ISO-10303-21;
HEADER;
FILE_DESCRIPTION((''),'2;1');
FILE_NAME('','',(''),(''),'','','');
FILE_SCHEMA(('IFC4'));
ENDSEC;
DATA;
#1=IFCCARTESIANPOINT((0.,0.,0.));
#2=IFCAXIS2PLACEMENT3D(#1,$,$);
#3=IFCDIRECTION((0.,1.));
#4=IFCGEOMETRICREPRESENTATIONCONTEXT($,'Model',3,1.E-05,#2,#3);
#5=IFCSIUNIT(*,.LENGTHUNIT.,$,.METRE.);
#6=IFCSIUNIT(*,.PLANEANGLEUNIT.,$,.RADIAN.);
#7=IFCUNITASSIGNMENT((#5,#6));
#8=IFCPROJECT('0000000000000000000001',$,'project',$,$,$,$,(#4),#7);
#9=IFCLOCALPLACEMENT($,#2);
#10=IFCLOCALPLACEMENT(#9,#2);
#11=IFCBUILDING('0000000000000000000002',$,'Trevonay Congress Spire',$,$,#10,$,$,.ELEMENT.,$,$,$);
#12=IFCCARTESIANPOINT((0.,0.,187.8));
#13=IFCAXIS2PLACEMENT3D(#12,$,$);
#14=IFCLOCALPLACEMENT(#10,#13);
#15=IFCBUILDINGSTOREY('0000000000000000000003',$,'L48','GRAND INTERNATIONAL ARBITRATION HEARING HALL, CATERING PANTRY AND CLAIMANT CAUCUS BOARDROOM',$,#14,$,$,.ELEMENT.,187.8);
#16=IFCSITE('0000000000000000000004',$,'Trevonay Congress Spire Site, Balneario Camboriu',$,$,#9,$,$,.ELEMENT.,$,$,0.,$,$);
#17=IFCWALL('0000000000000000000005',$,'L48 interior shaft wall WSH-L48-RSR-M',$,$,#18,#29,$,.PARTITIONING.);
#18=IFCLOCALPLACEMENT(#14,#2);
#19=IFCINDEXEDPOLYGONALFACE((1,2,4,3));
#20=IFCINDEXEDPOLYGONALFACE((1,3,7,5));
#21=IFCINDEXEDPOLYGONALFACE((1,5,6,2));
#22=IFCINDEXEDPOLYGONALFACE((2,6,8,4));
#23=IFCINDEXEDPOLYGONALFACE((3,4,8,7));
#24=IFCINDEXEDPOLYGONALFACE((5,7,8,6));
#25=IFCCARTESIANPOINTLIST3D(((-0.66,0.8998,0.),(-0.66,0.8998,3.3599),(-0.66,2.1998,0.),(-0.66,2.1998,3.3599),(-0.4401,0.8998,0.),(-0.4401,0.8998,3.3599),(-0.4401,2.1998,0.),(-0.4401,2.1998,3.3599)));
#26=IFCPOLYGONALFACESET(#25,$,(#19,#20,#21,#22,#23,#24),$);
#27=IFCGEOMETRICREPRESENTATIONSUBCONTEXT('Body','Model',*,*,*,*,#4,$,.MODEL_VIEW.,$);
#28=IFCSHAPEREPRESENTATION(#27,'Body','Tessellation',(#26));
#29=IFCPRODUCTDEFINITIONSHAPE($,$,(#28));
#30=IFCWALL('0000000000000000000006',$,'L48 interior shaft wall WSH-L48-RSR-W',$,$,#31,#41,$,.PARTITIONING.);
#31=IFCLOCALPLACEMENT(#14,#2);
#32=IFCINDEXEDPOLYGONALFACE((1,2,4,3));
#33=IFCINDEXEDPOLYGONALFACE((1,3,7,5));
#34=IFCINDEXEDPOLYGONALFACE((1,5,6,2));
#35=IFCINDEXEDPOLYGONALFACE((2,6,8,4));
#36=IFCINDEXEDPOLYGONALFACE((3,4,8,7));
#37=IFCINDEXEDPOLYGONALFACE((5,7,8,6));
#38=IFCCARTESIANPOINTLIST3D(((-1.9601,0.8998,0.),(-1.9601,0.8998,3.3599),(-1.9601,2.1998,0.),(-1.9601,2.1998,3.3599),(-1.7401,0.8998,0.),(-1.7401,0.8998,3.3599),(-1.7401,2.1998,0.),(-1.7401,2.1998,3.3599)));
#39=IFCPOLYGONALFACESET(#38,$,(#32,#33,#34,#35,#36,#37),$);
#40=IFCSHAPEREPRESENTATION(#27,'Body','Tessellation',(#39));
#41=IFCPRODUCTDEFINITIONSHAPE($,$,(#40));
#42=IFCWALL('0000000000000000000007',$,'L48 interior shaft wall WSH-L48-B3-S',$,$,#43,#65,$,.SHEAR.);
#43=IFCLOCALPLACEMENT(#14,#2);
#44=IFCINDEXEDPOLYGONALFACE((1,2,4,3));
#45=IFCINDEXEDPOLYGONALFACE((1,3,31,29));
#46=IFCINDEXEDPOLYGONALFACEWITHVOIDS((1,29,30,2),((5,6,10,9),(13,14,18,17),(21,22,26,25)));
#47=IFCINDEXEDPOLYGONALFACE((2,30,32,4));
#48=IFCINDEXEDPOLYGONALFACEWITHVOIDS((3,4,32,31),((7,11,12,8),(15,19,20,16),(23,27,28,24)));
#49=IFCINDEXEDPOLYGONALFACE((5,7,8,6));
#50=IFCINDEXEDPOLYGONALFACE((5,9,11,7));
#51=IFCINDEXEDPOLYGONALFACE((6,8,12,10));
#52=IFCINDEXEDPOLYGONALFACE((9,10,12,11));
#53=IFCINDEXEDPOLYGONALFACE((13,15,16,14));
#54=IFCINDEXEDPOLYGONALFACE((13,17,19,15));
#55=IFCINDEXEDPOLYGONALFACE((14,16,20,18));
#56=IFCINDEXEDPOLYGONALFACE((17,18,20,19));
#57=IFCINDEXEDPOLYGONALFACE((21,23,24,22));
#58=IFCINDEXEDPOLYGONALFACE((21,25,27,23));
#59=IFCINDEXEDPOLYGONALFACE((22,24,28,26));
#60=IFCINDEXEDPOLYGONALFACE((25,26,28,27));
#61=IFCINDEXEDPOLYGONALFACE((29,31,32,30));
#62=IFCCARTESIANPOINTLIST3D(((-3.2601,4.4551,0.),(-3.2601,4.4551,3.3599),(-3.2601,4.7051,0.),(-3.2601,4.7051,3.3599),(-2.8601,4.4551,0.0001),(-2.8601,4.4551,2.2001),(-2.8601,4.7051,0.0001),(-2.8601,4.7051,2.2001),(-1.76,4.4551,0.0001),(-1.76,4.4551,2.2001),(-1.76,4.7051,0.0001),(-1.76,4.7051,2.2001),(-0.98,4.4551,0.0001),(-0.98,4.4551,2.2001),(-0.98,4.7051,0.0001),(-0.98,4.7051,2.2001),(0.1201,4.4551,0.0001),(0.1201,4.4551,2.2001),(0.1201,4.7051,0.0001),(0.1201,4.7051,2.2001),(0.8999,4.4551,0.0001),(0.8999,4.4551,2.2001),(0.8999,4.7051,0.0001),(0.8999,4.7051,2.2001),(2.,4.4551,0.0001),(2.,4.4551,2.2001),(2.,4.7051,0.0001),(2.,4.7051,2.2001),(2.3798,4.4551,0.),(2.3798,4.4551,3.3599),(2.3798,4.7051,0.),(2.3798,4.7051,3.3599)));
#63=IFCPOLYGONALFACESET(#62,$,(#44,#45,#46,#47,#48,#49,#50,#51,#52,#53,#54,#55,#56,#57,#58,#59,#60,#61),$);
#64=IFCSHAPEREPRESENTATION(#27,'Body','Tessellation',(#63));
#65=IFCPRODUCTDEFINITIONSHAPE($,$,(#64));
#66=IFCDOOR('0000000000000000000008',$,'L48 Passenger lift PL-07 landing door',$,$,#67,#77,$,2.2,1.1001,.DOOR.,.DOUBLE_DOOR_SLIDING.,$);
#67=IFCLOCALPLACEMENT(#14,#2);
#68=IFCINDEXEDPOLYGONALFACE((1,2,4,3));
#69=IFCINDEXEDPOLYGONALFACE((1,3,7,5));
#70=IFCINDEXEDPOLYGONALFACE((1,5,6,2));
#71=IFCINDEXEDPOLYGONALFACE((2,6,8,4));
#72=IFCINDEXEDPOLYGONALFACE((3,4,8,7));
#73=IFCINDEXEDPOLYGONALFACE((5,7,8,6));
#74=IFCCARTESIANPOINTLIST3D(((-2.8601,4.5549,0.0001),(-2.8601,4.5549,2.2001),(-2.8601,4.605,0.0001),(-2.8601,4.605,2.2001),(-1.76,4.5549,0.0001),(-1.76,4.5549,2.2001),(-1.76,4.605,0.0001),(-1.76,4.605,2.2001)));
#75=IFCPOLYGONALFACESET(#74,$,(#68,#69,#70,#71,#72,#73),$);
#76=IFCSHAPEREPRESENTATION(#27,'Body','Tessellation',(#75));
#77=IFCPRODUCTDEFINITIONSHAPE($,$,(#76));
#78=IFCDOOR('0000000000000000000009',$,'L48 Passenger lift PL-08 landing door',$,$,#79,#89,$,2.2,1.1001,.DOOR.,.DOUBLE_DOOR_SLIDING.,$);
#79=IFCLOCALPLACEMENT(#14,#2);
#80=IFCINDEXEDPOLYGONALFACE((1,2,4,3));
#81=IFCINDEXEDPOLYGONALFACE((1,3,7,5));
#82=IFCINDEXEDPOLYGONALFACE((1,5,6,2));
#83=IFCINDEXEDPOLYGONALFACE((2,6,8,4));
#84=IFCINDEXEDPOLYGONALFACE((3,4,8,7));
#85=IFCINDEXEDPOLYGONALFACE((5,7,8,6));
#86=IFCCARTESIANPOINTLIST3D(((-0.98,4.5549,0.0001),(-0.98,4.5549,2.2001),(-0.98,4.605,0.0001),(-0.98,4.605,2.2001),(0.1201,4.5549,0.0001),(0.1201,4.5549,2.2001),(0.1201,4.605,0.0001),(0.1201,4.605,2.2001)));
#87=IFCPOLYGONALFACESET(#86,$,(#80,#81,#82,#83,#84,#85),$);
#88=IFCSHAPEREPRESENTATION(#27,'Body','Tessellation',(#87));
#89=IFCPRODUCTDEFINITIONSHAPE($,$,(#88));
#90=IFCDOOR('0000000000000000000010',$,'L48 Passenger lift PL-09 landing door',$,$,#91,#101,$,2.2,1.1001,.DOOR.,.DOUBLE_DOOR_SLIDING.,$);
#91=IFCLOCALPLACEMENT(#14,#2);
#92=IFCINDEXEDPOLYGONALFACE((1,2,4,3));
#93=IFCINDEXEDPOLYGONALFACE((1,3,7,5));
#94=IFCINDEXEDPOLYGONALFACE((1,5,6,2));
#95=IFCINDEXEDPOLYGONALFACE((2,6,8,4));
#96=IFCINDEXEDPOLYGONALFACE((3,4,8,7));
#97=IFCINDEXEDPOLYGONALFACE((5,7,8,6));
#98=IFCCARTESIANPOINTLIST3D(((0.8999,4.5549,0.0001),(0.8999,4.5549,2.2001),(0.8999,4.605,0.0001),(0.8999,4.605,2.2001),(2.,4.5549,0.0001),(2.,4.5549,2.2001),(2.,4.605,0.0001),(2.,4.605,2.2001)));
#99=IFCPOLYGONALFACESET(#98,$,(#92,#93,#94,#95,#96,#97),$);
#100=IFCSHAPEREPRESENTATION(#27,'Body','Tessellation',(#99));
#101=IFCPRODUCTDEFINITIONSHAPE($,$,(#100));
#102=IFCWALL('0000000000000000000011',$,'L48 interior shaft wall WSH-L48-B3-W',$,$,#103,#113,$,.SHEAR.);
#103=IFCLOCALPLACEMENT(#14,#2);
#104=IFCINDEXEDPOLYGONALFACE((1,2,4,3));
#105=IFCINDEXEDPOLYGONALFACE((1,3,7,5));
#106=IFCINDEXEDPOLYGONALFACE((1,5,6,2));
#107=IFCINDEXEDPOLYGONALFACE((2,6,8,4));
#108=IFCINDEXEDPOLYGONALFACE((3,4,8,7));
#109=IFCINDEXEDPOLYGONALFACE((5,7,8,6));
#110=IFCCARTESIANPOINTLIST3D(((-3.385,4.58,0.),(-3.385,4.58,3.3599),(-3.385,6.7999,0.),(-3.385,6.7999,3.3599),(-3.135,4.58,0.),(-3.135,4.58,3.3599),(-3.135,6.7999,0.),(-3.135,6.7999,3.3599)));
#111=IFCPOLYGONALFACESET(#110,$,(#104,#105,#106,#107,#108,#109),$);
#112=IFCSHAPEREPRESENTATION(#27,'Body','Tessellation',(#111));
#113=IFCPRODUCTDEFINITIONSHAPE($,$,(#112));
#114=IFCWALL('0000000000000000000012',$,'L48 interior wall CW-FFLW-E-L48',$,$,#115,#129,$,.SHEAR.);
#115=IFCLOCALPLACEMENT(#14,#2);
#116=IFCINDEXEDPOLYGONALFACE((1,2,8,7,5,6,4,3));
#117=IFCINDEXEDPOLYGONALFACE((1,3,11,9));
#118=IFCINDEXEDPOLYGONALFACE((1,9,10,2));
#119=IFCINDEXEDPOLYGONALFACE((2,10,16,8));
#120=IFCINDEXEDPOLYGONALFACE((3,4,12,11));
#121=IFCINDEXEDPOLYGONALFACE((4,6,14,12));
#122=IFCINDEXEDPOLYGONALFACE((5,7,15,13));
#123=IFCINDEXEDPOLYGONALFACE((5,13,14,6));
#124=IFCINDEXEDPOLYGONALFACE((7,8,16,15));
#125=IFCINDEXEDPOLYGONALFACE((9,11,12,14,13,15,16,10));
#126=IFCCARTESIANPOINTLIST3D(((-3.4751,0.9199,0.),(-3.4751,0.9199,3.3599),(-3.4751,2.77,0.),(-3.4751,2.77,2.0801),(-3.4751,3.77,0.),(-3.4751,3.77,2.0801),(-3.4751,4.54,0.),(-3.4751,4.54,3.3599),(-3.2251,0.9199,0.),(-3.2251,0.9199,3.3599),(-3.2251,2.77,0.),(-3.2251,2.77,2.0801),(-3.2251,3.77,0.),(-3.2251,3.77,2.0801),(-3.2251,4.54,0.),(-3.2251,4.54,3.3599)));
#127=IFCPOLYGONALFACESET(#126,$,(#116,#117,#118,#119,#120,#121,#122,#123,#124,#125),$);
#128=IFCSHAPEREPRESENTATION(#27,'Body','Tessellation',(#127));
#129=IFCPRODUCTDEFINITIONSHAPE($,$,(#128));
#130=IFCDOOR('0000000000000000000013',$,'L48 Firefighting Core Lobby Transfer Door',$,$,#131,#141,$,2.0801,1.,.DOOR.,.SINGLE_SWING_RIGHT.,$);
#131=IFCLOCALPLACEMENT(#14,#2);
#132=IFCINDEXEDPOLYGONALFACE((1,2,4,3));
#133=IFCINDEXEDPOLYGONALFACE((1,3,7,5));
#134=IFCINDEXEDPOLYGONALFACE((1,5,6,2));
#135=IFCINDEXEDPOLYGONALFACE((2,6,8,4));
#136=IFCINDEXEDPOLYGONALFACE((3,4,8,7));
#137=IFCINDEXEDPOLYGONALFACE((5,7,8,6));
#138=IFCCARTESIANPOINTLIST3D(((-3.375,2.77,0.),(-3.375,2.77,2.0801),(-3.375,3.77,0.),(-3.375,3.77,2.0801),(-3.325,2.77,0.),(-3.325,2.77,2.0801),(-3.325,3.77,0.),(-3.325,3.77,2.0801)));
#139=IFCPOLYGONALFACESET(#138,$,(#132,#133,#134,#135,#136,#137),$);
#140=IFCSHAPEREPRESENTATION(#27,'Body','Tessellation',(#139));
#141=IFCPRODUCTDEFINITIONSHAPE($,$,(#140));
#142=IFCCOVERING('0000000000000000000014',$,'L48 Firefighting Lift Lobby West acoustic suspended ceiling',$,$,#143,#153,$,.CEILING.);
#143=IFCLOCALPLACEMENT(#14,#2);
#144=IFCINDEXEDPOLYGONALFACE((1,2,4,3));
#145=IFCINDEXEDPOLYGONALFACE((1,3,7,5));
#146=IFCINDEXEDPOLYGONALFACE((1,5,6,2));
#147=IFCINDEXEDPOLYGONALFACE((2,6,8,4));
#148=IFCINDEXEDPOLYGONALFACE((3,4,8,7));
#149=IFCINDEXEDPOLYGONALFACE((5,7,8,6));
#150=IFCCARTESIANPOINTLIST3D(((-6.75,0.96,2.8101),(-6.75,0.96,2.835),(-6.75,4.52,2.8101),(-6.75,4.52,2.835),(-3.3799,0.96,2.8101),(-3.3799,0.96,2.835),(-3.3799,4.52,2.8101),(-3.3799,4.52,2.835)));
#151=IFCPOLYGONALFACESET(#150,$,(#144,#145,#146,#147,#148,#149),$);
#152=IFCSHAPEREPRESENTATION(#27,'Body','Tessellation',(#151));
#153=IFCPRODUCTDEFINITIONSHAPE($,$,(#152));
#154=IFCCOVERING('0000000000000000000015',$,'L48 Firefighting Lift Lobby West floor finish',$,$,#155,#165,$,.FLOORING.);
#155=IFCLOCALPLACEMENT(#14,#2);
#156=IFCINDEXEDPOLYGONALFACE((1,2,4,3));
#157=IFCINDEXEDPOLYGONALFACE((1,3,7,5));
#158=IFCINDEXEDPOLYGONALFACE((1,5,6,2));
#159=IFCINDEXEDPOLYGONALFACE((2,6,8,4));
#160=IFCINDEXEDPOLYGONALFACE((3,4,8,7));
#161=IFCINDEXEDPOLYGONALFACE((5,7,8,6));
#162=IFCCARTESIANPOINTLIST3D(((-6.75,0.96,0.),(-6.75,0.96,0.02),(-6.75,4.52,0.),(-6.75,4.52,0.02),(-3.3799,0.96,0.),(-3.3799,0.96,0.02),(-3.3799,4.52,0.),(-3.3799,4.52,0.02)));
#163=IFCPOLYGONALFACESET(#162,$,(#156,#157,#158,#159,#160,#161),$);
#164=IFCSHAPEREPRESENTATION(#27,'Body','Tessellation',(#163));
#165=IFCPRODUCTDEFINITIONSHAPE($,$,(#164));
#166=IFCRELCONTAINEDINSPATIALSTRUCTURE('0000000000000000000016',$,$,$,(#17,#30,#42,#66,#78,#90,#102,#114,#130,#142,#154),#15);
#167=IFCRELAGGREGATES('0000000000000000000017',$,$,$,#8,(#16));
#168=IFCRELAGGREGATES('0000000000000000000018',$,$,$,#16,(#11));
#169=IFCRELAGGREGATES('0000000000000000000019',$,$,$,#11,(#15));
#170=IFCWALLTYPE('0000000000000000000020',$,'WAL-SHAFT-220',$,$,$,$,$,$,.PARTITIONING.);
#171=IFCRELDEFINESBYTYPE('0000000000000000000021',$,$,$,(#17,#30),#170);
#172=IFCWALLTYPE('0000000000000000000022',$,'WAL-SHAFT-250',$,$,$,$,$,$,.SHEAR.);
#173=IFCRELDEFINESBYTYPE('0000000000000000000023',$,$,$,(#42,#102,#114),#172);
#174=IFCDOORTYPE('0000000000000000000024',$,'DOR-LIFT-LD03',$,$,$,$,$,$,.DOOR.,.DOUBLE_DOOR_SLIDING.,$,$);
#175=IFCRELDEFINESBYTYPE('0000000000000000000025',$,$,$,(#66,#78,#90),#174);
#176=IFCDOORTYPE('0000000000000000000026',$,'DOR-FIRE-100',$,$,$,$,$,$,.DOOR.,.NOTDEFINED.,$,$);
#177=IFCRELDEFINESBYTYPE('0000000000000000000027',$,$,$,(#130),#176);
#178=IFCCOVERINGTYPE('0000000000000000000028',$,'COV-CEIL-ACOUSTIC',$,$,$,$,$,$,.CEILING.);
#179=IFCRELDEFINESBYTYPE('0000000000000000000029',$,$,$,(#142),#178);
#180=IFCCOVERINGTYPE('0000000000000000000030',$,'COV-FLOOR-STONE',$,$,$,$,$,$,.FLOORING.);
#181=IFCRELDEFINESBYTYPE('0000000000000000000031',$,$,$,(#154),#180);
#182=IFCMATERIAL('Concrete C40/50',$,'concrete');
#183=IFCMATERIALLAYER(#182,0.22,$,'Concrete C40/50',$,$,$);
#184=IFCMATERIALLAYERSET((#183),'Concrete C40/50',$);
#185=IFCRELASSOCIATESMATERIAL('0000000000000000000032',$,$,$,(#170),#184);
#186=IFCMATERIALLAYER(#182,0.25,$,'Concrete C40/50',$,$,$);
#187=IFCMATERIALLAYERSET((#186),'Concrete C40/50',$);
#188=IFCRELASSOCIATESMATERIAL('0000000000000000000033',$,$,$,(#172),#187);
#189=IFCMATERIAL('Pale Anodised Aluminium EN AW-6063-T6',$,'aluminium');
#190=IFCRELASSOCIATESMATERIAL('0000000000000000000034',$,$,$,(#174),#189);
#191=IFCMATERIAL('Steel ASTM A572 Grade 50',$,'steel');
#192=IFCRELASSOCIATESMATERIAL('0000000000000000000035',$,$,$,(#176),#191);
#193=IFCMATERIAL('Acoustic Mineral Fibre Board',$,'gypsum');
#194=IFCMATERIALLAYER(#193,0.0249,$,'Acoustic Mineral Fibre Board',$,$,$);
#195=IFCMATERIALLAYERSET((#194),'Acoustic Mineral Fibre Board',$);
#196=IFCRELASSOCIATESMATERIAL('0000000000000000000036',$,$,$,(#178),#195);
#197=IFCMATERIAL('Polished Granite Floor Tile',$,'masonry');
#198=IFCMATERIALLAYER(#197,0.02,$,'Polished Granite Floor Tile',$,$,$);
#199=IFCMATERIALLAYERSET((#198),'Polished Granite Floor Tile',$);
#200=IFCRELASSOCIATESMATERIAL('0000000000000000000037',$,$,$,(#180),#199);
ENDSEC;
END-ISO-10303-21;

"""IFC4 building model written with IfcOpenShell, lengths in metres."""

from ifc_helpers import new_model, si_unit, direction, frame, frame_2d, origin, place, context, subcontext, project, spatial, polyline, rectangle, outline, extrude, material, layer, layer_set, type_object, element, fill, save


model = new_model("IFC4")

# Units and contexts
model_context = context("Model", 3, precision=1e-05, world=origin(), true_north=direction((0.0, 1.0)))
body_context = subcontext(model_context, "Body", "Model", "MODEL_VIEW")
ifc_project = project(units=[si_unit("LENGTHUNIT", "METRE"), si_unit("PLANEANGLEUNIT", "RADIAN")], contexts=[model_context])

# Site, building, storey
site_placement = place(None, origin())
site = spatial("IfcSite", under=ifc_project, at=site_placement, Name="Trevonay Congress Spire Site, Balneario Camboriu", CompositionType="ELEMENT", RefElevation=0.0)
building_placement = place(site_placement, origin())
building = spatial("IfcBuilding", under=site, at=building_placement, Name="Trevonay Congress Spire", CompositionType="ELEMENT")
storey_placement = place(building_placement, frame((0.0, 0.0, 187.8)))
storey = spatial("IfcBuildingStorey", under=building, at=storey_placement, Name="L48", Description="GRAND INTERNATIONAL ARBITRATION HEARING HALL, CATERING PANTRY AND CLAIMANT CAUCUS BOARDROOM", CompositionType="ELEMENT", Elevation=187.8)

# Shared definitions
ifc_material_1 = material(Name="Steel ASTM A572 Grade 50", Category="steel")

# Shared definitions
ifc_material_2 = material(Name="Concrete C40/50", Category="concrete")

# Walls
ifc_layer_1 = layer(ifc_material_2, 0.22, Name="Concrete C40/50")
ifc_layer_set_1 = layer_set([ifc_layer_1], Name="Concrete C40/50")
wall_type_1 = type_object("IfcWallType", Name="WAL-SHAFT-220", PredefinedType="PARTITIONING", material=ifc_layer_set_1)
for number, where, z_axis, x_axis, name in (
    (1, (-0.55, 0.8999, 0.0), (0.0, 0.0, 1.0), (0.0, 1.0, 0.0), "L48 interior shaft wall WSH-L48-RSR-M"),
    (2, (-1.8501, 0.8999, 0.0), (0.0, 0.0, 1.0), (0.0, 1.0, 0.0), "L48 interior shaft wall WSH-L48-RSR-W"),
):
    element("IfcWall", number, at=place(storey_placement, frame(where, z_axis=z_axis, x_axis=x_axis)), inside=storey, type_object=wall_type_1, Name=name, PredefinedType="PARTITIONING", context=body_context, shape_type="SweptSolid", body=[
        extrude(rectangle(XDim=1.3, YDim=0.22, at=frame_2d((0.6499, 0.0))), origin(), (0.0, 0.0, 1.0), 3.3599),
    ])

# Wall, openings, doors
ifc_layer_2 = layer(ifc_material_2, 0.25, Name="Concrete C40/50")
ifc_layer_set_2 = layer_set([ifc_layer_2], Name="Concrete C40/50")
wall_type_2 = type_object("IfcWallType", Name="WAL-SHAFT-250", PredefinedType="SHEAR", material=ifc_layer_set_2)
wall_1_placement = place(storey_placement, frame((-3.26, 4.5801, 0.0), z_axis=(0.0, 0.0, 1.0), x_axis=(1.0, 0.0, 0.0)))
wall_1 = element("IfcWall", 3, at=wall_1_placement, inside=storey, type_object=wall_type_2, Name="L48 interior shaft wall WSH-L48-B3-S", PredefinedType="SHEAR", context=body_context, shape_type="SweptSolid", body=[
    extrude(rectangle(XDim=5.6399, YDim=0.25, at=frame_2d((2.8198, 0.0))), origin(), (0.0, 0.0, 1.0), 3.3599),
])
opening_1_placement = place(wall_1_placement, frame((0.3999, 0.0, 0.0)))
opening_1 = element("IfcOpeningElement", 4, at=opening_1_placement, cuts=wall_1, PredefinedType="OPENING", context=body_context, shape_type="SweptSolid", body=[
    extrude(rectangle(XDim=1.1001, YDim=2.2, at=frame_2d((0.55, 1.1001))), frame((0.0, 0.135, 0.0), z_axis=(0.0, -1.0, 0.0), x_axis=(1.0, 0.0, 0.0)), (0.0, 0.0, 1.0), 0.27),
])
opening_2_placement = place(wall_1_placement, frame((2.28, 0.0, 0.0)))
opening_2 = element("IfcOpeningElement", 5, at=opening_2_placement, cuts=wall_1, PredefinedType="OPENING", context=body_context, shape_type="SweptSolid", body=[
    extrude(rectangle(XDim=1.1001, YDim=2.2, at=frame_2d((0.55, 1.1001))), frame((0.0, 0.135, 0.0), z_axis=(0.0, -1.0, 0.0), x_axis=(1.0, 0.0, 0.0)), (0.0, 0.0, 1.0), 0.27),
])
opening_3_placement = place(wall_1_placement, frame((4.1599, 0.0, 0.0)))
opening_3 = element("IfcOpeningElement", 6, at=opening_3_placement, cuts=wall_1, PredefinedType="OPENING", context=body_context, shape_type="SweptSolid", body=[
    extrude(rectangle(XDim=1.1001, YDim=2.2, at=frame_2d((0.55, 1.1001))), frame((0.0, 0.135, 0.0), z_axis=(0.0, -1.0, 0.0), x_axis=(1.0, 0.0, 0.0)), (0.0, 0.0, 1.0), 0.27),
])
ifc_material_3 = material(Name="Pale Anodised Aluminium EN AW-6063-T6", Category="aluminium")
door_type_1 = type_object("IfcDoorType", Name="DOR-LIFT-LD03", OperationType="DOUBLE_DOOR_SLIDING", PredefinedType="DOOR", material=ifc_material_3)
door_1_placement = place(opening_1_placement, origin())
door_1 = element("IfcDoor", 7, at=door_1_placement, inside=storey, type_object=door_type_1, Name="L48 Passenger lift PL-07 landing door", OperationType="DOUBLE_DOOR_SLIDING", OverallHeight=2.2, OverallWidth=1.1001, PredefinedType="DOOR", context=body_context, shape_type="SweptSolid", body=[
    extrude(rectangle(XDim=1.1001, YDim=2.2, at=frame_2d((0.55, 1.1001))), frame((0.0, 0.0249, 0.0), z_axis=(0.0, -1.0, 0.0), x_axis=(1.0, 0.0, 0.0)), (0.0, 0.0, 1.0), 0.05),
])
fill(opening_1, door_1)
door_2_placement = place(opening_2_placement, origin())
door_2 = element("IfcDoor", 8, at=door_2_placement, inside=storey, type_object=door_type_1, Name="L48 Passenger lift PL-08 landing door", OperationType="DOUBLE_DOOR_SLIDING", OverallHeight=2.2, OverallWidth=1.1001, PredefinedType="DOOR", context=body_context, shape_type="SweptSolid", body=[
    extrude(rectangle(XDim=1.1001, YDim=2.2, at=frame_2d((0.55, 1.1001))), frame((0.0, 0.0249, 0.0), z_axis=(0.0, -1.0, 0.0), x_axis=(1.0, 0.0, 0.0)), (0.0, 0.0, 1.0), 0.05),
])
fill(opening_2, door_2)
door_3_placement = place(opening_3_placement, origin())
door_3 = element("IfcDoor", 9, at=door_3_placement, inside=storey, type_object=door_type_1, Name="L48 Passenger lift PL-09 landing door", OperationType="DOUBLE_DOOR_SLIDING", OverallHeight=2.2, OverallWidth=1.1001, PredefinedType="DOOR", context=body_context, shape_type="SweptSolid", body=[
    extrude(rectangle(XDim=1.1001, YDim=2.2, at=frame_2d((0.55, 1.1001))), frame((0.0, 0.0249, 0.0), z_axis=(0.0, -1.0, 0.0), x_axis=(1.0, 0.0, 0.0)), (0.0, 0.0, 1.0), 0.05),
])
fill(opening_3, door_3)

# Wall
wall_2_placement = place(storey_placement, frame((-3.26, 4.5801, 0.0), z_axis=(0.0, 0.0, 1.0), x_axis=(0.0, 1.0, 0.0)))
element("IfcWall", 10, at=wall_2_placement, inside=storey, type_object=wall_type_2, Name="L48 interior shaft wall WSH-L48-B3-W", PredefinedType="SHEAR", context=body_context, shape_type="SweptSolid", body=[
    extrude(rectangle(XDim=2.22, YDim=0.25, at=frame_2d((1.1099, 0.0))), origin(), (0.0, 0.0, 1.0), 3.3599),
])

# Wall, opening, door
wall_3_placement = place(storey_placement, frame((-3.3501, 0.9199, 0.0), z_axis=(0.0, 0.0, 1.0), x_axis=(0.0, 1.0, 0.0)))
wall_3 = element("IfcWall", 11, at=wall_3_placement, inside=storey, type_object=wall_type_2, Name="L48 interior wall CW-FFLW-E-L48", PredefinedType="SHEAR", context=body_context, shape_type="SweptSolid", body=[
    extrude(rectangle(XDim=3.6201, YDim=0.25, at=frame_2d((1.8101, 0.0))), origin(), (0.0, 0.0, 1.0), 3.3599),
])
opening_4_placement = place(wall_3_placement, frame((1.8501, 0.0, 0.0)))
opening_4 = element("IfcOpeningElement", 12, at=opening_4_placement, cuts=wall_3, PredefinedType="OPENING", context=body_context, shape_type="SweptSolid", body=[
    extrude(rectangle(XDim=1.0, YDim=2.0801, at=frame_2d((0.5, 1.04))), frame((0.0, 0.135, 0.0), z_axis=(0.0, -1.0, 0.0), x_axis=(1.0, 0.0, 0.0)), (0.0, 0.0, 1.0), 0.27),
])
door_type_2 = type_object("IfcDoorType", Name="DOR-FIRE-100", OperationType="NOTDEFINED", PredefinedType="DOOR", material=ifc_material_1)
door_4_placement = place(opening_4_placement, origin())
door_4 = element("IfcDoor", 13, at=door_4_placement, inside=storey, type_object=door_type_2, Name="L48 Firefighting Core Lobby Transfer Door", OperationType="SINGLE_SWING_RIGHT", OverallHeight=2.0801, OverallWidth=1.0, PredefinedType="DOOR", context=body_context, shape_type="SweptSolid", body=[
    extrude(rectangle(XDim=1.0, YDim=2.0801, at=frame_2d((0.5, 1.04))), frame((0.0, 0.0249, 0.0), z_axis=(0.0, -1.0, 0.0), x_axis=(1.0, 0.0, 0.0)), (0.0, 0.0, 1.0), 0.05),
])
fill(opening_4, door_4)

# Coverings
ifc_material_4 = material(Name="Acoustic Mineral Fibre Board", Category="gypsum")
ifc_layer_3 = layer(ifc_material_4, 0.0249, Name="Acoustic Mineral Fibre Board")
ifc_layer_set_3 = layer_set([ifc_layer_3], Name="Acoustic Mineral Fibre Board")
covering_type_1 = type_object("IfcCoveringType", Name="COV-CEIL-ACOUSTIC", PredefinedType="CEILING", material=ifc_layer_set_3)
covering_1_placement = place(storey_placement, frame((0.0, 0.0, 2.8101)))
element("IfcCovering", 14, at=covering_1_placement, inside=storey, type_object=covering_type_1, Name="L48 Firefighting Lift Lobby West acoustic suspended ceiling", PredefinedType="CEILING", context=body_context, shape_type="SweptSolid", body=[
    extrude(outline(polyline([(-6.75, 0.96), (-3.3799, 0.96), (-3.3799, 4.52), (-6.75, 4.52), (-6.75, 0.96)])), origin(), (0.0, 0.0, 1.0), 0.0249),
])
ifc_material_5 = material(Name="Polished Granite Floor Tile", Category="masonry")
ifc_layer_4 = layer(ifc_material_5, 0.02, Name="Polished Granite Floor Tile")
ifc_layer_set_4 = layer_set([ifc_layer_4], Name="Polished Granite Floor Tile")
covering_type_2 = type_object("IfcCoveringType", Name="COV-FLOOR-STONE", PredefinedType="FLOORING", material=ifc_layer_set_4)
covering_2_placement = place(storey_placement, origin())
element("IfcCovering", 15, at=covering_2_placement, inside=storey, type_object=covering_type_2, Name="L48 Firefighting Lift Lobby West floor finish", PredefinedType="FLOORING", context=body_context, shape_type="SweptSolid", body=[
    extrude(outline(polyline([(-6.75, 0.96), (-3.3799, 0.96), (-3.3799, 4.52), (-6.75, 4.52), (-6.75, 0.96)])), origin(), (0.0, 0.0, 1.0), 0.02),
])

save(model, "model.ifc")
